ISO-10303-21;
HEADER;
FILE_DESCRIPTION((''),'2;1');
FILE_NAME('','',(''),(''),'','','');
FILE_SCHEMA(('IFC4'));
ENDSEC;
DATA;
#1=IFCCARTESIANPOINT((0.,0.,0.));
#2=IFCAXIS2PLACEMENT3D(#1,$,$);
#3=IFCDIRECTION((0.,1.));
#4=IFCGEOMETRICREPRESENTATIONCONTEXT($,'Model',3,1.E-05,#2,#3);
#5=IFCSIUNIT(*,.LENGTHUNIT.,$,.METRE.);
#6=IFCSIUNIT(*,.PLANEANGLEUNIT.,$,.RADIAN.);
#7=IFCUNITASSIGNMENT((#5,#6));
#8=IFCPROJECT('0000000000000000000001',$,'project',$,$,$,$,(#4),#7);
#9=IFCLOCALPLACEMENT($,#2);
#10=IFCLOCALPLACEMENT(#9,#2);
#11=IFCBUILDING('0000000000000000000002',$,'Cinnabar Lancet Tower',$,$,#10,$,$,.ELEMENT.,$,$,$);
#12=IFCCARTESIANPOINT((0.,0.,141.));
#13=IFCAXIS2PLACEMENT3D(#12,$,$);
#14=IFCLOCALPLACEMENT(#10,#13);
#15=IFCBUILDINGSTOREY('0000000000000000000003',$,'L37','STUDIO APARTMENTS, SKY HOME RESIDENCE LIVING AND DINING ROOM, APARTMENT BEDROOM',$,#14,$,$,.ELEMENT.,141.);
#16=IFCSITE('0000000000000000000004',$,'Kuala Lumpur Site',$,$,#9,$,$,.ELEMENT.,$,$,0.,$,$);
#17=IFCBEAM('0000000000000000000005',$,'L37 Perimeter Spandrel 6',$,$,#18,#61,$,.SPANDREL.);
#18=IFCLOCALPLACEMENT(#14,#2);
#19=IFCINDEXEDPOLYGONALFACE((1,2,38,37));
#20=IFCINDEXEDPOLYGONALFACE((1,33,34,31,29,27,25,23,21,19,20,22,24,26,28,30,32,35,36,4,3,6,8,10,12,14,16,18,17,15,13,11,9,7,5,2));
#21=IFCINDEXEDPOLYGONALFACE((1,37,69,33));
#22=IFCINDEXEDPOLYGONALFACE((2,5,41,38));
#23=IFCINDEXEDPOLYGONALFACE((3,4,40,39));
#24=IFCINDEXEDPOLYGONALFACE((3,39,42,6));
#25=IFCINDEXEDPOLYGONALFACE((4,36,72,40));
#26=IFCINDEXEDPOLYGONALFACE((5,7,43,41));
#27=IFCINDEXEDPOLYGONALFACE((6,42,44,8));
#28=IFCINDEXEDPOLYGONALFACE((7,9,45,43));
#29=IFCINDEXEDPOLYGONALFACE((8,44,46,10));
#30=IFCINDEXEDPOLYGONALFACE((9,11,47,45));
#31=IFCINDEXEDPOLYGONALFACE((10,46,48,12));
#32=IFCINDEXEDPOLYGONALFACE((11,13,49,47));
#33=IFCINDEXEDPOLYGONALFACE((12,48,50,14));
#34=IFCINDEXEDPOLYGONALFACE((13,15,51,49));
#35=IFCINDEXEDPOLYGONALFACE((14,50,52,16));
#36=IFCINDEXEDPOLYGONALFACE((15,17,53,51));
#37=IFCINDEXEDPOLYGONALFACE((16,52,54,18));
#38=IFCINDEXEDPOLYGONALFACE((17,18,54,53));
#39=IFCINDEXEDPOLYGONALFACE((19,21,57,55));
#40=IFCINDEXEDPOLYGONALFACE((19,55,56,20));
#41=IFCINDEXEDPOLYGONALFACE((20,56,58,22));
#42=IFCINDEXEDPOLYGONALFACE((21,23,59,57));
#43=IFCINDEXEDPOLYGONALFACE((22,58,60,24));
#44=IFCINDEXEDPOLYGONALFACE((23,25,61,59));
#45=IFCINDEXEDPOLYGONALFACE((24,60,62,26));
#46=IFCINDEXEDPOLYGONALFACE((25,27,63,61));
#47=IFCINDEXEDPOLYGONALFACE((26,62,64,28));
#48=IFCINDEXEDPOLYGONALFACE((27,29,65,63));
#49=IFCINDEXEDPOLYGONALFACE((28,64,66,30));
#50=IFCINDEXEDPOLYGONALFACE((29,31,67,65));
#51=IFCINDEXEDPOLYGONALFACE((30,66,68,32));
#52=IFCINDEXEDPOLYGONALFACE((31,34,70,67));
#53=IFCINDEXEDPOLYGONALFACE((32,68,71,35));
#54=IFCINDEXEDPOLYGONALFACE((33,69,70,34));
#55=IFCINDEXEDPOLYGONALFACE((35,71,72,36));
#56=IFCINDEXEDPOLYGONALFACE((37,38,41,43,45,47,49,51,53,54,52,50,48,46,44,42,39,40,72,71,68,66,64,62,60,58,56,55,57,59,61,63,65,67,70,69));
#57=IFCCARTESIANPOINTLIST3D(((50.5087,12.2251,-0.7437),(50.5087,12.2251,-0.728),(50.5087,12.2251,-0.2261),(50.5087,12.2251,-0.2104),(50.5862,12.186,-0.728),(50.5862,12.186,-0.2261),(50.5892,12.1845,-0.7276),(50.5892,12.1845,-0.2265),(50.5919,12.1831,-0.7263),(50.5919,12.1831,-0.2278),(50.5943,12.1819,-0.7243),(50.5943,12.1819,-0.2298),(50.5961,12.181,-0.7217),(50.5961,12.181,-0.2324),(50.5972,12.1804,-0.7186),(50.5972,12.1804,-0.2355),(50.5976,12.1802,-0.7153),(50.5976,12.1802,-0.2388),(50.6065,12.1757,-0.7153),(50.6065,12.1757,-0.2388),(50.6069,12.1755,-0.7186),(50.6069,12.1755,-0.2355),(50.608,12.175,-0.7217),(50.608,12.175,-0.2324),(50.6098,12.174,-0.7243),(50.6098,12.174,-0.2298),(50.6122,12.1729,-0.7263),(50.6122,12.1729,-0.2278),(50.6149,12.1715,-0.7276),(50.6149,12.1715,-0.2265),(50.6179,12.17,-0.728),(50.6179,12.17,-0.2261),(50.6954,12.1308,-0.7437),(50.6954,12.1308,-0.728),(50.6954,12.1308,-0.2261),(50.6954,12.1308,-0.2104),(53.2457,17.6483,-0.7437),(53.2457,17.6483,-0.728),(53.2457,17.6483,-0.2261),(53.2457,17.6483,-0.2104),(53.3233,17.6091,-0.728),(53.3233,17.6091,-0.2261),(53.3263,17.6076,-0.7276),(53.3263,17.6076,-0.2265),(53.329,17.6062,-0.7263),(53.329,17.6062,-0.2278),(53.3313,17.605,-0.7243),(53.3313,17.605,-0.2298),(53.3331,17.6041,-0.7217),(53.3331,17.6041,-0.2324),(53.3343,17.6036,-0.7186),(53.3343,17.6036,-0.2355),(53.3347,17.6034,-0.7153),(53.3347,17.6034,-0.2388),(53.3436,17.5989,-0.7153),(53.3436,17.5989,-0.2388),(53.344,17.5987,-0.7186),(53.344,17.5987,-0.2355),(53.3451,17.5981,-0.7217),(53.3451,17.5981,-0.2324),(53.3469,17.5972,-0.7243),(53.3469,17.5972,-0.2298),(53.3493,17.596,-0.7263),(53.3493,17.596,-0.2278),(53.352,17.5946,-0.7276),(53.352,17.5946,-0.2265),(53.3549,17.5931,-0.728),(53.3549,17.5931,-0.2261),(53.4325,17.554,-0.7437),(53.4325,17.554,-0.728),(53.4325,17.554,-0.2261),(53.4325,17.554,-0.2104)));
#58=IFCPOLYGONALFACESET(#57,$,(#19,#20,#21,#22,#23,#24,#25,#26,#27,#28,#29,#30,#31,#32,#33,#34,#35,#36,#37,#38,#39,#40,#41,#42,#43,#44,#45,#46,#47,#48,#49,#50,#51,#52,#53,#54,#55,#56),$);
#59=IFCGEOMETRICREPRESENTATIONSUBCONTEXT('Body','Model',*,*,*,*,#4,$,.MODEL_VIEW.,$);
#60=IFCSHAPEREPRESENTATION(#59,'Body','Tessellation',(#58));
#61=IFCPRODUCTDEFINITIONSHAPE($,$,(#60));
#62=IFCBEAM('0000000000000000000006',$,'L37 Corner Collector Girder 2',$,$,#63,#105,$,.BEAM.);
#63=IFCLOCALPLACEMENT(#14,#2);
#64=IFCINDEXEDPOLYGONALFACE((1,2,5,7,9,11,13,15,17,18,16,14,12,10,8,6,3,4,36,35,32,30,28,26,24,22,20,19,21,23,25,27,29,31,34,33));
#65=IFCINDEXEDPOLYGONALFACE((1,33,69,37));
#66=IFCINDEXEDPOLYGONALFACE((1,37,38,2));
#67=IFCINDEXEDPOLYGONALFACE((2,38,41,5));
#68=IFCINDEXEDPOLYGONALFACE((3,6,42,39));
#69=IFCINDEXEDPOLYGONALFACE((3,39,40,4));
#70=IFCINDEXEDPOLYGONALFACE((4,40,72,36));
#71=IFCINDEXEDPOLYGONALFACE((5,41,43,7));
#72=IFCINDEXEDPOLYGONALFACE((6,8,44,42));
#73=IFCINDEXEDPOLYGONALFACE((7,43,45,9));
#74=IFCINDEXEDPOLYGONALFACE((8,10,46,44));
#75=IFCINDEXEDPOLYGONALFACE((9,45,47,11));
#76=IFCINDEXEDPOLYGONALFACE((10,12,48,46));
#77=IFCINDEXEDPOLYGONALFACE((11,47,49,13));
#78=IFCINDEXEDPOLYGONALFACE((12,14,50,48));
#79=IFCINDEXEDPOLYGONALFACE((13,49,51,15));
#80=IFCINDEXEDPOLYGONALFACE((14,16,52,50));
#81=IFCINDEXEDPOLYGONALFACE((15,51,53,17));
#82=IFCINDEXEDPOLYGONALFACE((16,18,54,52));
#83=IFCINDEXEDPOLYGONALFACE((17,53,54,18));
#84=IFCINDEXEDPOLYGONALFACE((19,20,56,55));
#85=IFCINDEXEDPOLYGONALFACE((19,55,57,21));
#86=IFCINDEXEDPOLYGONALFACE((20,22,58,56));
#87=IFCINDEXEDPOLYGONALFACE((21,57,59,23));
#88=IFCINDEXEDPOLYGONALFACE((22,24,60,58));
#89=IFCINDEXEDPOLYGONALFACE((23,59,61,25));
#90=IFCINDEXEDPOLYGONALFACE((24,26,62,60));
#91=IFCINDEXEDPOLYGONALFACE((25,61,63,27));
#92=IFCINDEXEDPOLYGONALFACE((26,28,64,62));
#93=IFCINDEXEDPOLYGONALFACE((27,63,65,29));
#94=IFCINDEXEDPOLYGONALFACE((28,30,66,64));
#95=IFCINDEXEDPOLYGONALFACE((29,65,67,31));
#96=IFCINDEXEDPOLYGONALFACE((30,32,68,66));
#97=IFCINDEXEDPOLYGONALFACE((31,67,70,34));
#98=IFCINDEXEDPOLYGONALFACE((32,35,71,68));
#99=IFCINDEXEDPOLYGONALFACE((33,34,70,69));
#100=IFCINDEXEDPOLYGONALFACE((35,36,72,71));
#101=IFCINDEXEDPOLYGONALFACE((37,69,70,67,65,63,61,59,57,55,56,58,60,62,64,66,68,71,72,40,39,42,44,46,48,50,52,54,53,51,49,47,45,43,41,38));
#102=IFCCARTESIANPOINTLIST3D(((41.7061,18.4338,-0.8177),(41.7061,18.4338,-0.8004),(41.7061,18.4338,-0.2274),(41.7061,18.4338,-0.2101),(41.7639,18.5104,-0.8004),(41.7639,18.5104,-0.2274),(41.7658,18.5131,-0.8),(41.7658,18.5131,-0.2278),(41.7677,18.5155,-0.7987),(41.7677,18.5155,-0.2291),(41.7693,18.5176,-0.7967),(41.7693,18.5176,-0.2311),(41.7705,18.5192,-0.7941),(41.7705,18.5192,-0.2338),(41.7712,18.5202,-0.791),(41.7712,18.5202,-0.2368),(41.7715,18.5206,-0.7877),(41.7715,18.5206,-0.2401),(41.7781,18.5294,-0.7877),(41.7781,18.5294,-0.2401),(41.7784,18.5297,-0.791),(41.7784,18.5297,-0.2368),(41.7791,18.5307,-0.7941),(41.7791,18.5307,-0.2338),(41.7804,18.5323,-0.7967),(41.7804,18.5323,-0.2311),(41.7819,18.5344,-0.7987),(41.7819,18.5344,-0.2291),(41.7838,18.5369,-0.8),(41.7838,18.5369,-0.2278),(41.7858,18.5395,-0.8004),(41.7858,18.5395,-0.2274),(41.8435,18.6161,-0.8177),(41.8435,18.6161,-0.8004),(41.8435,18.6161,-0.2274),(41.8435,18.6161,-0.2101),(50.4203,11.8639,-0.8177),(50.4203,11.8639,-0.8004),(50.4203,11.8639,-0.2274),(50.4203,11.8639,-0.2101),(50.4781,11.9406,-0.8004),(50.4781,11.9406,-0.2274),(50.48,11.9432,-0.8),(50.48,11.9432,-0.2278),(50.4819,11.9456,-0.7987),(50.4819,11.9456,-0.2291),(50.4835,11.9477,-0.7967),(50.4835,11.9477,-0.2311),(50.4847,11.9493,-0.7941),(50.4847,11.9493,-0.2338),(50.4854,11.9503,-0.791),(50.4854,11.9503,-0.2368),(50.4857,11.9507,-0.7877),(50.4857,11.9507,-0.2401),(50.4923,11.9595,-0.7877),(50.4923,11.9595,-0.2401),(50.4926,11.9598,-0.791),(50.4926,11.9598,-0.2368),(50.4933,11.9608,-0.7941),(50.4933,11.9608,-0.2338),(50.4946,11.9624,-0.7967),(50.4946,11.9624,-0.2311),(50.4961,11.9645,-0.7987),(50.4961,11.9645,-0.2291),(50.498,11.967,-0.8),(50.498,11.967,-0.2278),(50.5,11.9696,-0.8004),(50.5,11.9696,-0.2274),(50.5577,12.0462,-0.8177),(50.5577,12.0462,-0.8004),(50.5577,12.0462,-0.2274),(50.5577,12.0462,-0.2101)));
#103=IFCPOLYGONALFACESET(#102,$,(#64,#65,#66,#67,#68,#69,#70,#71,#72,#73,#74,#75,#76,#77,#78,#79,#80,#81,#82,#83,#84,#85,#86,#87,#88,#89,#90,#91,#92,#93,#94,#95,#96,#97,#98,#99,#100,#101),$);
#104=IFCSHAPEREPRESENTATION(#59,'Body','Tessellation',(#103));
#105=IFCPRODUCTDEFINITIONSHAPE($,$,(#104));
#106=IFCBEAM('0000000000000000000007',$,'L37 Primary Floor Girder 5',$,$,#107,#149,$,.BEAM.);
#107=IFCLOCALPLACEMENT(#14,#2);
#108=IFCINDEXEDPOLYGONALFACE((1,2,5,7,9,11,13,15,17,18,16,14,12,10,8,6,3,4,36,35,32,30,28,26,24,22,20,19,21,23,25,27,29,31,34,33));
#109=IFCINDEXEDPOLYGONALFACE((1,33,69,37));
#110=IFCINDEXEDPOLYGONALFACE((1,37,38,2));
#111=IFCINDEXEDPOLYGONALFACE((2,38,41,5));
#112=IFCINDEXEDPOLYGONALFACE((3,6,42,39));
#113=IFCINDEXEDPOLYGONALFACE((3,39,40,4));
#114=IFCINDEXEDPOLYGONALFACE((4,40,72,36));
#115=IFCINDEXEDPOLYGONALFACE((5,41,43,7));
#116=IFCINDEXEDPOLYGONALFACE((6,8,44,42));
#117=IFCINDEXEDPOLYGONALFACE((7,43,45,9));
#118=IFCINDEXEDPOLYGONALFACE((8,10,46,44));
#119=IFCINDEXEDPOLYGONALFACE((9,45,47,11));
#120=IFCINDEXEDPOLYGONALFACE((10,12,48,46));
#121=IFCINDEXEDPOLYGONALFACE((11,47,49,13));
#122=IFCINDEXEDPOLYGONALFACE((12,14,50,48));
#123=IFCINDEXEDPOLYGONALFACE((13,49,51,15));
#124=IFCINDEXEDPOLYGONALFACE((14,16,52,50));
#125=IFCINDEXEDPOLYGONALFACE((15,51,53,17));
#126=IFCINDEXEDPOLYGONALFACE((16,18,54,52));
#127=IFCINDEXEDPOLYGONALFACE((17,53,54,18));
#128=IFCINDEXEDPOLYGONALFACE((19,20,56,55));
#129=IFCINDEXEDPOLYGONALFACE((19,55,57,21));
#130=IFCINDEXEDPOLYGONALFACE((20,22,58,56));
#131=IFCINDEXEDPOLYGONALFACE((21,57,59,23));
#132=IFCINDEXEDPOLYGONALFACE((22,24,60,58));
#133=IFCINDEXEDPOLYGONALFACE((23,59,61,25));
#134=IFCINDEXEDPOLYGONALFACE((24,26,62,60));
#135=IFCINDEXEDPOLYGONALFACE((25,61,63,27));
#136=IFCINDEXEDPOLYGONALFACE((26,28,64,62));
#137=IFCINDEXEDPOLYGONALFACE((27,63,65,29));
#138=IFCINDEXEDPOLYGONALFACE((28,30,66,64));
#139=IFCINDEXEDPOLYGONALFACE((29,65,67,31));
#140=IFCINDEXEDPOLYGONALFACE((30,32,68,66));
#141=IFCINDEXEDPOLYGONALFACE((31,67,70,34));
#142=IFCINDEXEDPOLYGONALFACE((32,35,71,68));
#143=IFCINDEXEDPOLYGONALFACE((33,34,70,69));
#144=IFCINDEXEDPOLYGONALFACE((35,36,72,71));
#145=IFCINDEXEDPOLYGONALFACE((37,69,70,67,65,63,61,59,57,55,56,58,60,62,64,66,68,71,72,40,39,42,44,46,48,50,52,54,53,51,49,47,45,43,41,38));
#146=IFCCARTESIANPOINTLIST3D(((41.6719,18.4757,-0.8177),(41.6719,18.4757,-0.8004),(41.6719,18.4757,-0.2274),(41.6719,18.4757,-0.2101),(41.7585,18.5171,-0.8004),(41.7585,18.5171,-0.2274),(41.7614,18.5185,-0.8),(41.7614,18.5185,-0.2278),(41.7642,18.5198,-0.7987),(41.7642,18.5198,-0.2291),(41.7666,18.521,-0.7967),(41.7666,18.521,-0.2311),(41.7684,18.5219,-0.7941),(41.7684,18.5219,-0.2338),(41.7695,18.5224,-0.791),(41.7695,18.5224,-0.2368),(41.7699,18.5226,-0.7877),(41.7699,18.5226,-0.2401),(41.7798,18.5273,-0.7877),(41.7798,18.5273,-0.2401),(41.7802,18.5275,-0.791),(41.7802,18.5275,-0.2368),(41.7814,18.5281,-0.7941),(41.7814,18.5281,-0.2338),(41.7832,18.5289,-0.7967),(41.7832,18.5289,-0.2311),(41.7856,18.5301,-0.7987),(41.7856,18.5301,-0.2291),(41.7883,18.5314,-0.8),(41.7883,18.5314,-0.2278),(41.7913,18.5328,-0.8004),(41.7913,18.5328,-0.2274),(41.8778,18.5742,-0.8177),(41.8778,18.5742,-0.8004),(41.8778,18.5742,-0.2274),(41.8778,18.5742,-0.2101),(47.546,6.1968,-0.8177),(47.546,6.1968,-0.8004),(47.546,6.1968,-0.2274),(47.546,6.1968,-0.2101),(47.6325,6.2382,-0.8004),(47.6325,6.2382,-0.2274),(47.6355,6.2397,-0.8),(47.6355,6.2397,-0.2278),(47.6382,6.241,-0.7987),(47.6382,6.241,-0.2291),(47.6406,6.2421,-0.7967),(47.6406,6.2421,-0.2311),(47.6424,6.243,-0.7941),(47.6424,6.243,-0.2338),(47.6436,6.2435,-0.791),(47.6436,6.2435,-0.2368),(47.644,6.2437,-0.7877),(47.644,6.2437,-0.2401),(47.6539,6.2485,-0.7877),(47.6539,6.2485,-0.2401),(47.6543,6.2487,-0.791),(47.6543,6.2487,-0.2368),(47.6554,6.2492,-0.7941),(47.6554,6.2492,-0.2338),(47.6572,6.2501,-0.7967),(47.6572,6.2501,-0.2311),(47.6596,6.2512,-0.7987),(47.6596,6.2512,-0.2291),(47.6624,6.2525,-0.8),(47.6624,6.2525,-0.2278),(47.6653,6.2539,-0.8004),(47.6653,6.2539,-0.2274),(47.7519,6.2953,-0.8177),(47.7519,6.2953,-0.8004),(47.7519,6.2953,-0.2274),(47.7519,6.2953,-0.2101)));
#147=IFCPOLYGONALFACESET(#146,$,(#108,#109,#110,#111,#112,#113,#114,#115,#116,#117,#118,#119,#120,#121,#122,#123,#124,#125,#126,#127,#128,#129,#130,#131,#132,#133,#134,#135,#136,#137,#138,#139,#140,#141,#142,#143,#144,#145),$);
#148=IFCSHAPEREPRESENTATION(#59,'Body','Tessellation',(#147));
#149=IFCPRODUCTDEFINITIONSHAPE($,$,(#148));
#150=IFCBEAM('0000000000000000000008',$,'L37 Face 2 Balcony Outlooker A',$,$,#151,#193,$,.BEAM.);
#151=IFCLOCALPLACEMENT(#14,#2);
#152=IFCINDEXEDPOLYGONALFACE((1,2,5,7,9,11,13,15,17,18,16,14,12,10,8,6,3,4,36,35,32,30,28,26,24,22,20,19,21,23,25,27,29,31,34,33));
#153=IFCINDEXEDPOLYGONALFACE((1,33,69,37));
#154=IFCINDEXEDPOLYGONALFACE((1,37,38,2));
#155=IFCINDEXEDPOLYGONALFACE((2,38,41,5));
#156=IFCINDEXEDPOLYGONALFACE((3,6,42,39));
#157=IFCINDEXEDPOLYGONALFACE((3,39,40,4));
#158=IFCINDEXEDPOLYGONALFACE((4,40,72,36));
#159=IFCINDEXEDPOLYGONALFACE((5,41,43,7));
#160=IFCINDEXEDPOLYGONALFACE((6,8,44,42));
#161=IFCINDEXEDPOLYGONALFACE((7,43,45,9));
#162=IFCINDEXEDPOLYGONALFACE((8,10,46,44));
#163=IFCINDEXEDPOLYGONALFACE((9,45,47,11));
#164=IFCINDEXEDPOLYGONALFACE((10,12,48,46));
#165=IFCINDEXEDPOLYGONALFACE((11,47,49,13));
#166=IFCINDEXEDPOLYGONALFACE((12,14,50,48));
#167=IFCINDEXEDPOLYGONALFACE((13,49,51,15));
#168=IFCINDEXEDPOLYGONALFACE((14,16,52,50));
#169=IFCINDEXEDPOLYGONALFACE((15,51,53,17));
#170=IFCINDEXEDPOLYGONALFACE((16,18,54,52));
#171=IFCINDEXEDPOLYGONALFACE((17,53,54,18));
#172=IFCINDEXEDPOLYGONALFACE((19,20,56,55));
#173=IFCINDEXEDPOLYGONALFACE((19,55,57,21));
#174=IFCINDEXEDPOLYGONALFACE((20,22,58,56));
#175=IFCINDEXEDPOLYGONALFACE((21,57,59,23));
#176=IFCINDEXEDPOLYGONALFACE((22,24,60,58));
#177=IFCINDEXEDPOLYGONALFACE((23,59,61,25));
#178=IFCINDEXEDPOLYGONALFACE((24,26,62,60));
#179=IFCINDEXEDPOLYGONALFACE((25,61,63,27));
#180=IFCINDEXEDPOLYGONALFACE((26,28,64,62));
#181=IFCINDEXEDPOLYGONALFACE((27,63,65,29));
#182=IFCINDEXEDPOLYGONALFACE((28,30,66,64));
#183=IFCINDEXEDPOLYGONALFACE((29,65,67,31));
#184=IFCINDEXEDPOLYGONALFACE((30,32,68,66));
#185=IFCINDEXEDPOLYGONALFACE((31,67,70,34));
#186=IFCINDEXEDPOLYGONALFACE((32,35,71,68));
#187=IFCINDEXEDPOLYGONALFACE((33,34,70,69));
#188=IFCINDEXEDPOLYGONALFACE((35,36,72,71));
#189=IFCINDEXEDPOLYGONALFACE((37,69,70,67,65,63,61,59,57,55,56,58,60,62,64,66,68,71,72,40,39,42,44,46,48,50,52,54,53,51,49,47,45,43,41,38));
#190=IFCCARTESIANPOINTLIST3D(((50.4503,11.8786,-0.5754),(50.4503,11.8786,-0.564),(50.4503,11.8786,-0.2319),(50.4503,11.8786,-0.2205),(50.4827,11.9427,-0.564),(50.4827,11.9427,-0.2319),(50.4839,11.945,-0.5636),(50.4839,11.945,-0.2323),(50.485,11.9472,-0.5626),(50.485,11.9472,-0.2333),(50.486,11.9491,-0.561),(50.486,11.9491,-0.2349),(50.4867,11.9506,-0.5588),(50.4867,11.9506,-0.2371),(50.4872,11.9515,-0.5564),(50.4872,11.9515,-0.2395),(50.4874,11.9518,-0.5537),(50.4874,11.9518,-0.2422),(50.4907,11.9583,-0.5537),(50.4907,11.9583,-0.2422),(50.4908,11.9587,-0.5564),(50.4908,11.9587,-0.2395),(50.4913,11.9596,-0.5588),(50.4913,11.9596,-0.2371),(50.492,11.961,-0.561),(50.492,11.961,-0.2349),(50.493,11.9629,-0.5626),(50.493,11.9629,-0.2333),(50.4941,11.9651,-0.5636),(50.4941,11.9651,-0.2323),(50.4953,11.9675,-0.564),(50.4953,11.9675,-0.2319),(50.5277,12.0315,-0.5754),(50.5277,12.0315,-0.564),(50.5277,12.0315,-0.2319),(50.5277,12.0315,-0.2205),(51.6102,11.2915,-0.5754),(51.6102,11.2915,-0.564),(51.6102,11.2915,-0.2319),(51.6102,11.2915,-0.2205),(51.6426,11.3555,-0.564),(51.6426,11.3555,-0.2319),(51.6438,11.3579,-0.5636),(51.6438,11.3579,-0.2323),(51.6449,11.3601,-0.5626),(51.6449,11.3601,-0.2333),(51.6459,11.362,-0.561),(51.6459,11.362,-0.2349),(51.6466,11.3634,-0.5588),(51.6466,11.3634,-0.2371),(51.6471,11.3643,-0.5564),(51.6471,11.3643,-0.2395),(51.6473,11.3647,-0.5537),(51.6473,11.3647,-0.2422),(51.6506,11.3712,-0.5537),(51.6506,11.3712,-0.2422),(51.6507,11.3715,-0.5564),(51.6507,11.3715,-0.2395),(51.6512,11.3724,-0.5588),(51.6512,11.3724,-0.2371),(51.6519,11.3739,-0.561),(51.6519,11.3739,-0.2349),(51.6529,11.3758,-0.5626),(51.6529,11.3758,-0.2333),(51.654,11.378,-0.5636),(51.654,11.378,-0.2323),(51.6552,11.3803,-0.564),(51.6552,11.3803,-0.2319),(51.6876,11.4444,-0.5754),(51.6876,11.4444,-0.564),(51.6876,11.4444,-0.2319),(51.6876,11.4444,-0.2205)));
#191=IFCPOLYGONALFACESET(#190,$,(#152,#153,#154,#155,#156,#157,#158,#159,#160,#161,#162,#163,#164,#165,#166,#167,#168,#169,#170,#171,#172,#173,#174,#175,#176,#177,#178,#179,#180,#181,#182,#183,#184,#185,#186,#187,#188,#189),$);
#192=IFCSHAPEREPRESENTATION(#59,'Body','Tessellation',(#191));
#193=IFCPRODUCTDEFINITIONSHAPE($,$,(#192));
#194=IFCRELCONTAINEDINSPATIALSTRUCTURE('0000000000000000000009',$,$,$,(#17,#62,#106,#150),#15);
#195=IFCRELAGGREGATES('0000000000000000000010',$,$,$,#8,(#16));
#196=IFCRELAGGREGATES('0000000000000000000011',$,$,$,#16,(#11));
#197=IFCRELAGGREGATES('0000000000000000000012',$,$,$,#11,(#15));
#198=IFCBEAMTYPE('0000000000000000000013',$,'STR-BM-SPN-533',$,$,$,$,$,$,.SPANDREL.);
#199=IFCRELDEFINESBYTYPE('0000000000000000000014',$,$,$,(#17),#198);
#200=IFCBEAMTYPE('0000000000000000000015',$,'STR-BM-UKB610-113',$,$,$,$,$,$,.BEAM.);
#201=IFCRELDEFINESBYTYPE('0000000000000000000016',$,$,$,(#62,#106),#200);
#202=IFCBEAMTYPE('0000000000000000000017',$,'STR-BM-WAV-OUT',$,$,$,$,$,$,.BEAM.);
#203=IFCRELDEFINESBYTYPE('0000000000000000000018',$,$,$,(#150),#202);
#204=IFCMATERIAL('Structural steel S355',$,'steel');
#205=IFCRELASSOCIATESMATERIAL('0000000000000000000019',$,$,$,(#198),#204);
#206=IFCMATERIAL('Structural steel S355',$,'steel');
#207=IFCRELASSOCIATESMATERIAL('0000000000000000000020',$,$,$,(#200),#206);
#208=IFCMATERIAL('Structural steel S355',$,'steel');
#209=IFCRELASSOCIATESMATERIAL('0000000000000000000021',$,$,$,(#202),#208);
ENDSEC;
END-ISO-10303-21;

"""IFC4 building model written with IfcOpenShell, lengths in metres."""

from ifc_helpers import new_model, si_unit, direction, frame, origin, origin_2d, place, context, subcontext, project, spatial, i_section, extrude, material, material_profile, profile_set, type_object, element, save


model = new_model("IFC4")

# Units and contexts
model_context = context("Model", 3, precision=1e-05, world=origin(), true_north=direction((0.0, 1.0)))
body_context = subcontext(model_context, "Body", "Model", "MODEL_VIEW")
ifc_project = project(units=[si_unit("LENGTHUNIT", "METRE"), si_unit("PLANEANGLEUNIT", "RADIAN")], contexts=[model_context])

# Site, building, storey
site_placement = place(None, origin())
site = spatial("IfcSite", under=ifc_project, at=site_placement, Name="Kuala Lumpur Site", CompositionType="ELEMENT", RefElevation=0.0)
building_placement = place(site_placement, origin())
building = spatial("IfcBuilding", under=site, at=building_placement, Name="Cinnabar Lancet Tower", CompositionType="ELEMENT")
storey_placement = place(building_placement, frame((0.0, 0.0, 141.0)))
storey = spatial("IfcBuildingStorey", under=building, at=storey_placement, Name="L37", Description="STUDIO APARTMENTS, SKY HOME RESIDENCE LIVING AND DINING ROOM, APARTMENT BEDROOM", CompositionType="ELEMENT", Elevation=141.0)

# Beams
ifc_material_1 = material(Name="Structural steel S355", Category="steel")
ifc_material_profile_1 = material_profile(ifc_material_1, i_section(OverallWidth=0.2092, OverallDepth=0.5332, WebThickness=0.01, FlangeThickness=0.0156, FilletRadius=0.0127, at=origin_2d()), Name="UKB 533x210x92")
ifc_profile_set_1 = profile_set([ifc_material_profile_1], Name="Structural steel S355")
beam_type_1 = type_object("IfcBeamType", Name="STR-BM-SPN-533", PredefinedType="SPANDREL", material=ifc_profile_set_1)
beam_1_placement = place(storey_placement, frame((50.6021, 12.178, -0.4771), z_axis=(0.45057, 0.892741, 0.0), x_axis=(-0.892741, 0.45057, 0.0)))
element("IfcBeam", 1, at=beam_1_placement, inside=storey, type_object=beam_type_1, Name="L37 Perimeter Spandrel 6", PredefinedType="SPANDREL", context=body_context, shape_type="SweptSolid", body=[
    extrude(i_section(OverallWidth=0.2092, OverallDepth=0.5332, WebThickness=0.01, FlangeThickness=0.0156, FilletRadius=0.0127, at=origin_2d()), origin(), (0.0, 0.0, 1.0), 6.0747),
])
ifc_material_2 = material(Name="Structural steel S355", Category="steel")
ifc_material_profile_2 = material_profile(ifc_material_2, i_section(OverallWidth=0.2283, OverallDepth=0.6077, WebThickness=0.011, FlangeThickness=0.0173, FilletRadius=0.0127, at=origin_2d()), Name="UKB 610x229x113")
ifc_profile_set_2 = profile_set([ifc_material_profile_2], Name="Structural steel S355")
beam_type_2 = type_object("IfcBeamType", Name="STR-BM-UKB610-113", PredefinedType="BEAM", material=ifc_profile_set_2)
beam_2_placement = place(storey_placement, frame((50.489, 11.9551, -0.5139), z_axis=(-0.798491, 0.602006, 0.0), x_axis=(-0.602006, -0.798491, 0.0)))
element("IfcBeam", 2, at=beam_2_placement, inside=storey, type_object=beam_type_2, Name="L37 Corner Collector Girder 2", PredefinedType="BEAM", context=body_context, shape_type="SweptSolid", body=[
    extrude(i_section(OverallWidth=0.2283, OverallDepth=0.6077, WebThickness=0.011, FlangeThickness=0.0173, FilletRadius=0.0127, at=origin_2d()), origin(), (0.0, 0.0, 1.0), 10.9133),
])
beam_3_placement = place(storey_placement, frame((47.6489, 6.2461, -0.5139), z_axis=(-0.431548, 0.90209, 0.0), x_axis=(-0.90209, -0.431548, 0.0)))
element("IfcBeam", 3, at=beam_3_placement, inside=storey, type_object=beam_type_2, Name="L37 Primary Floor Girder 5", PredefinedType="BEAM", context=body_context, shape_type="SweptSolid", body=[
    extrude(i_section(OverallWidth=0.2283, OverallDepth=0.6077, WebThickness=0.011, FlangeThickness=0.0173, FilletRadius=0.0127, at=origin_2d()), origin(), (0.0, 0.0, 1.0), 13.6116),
])
ifc_material_3 = material(Name="Structural steel S355", Category="steel")
ifc_material_profile_3 = material_profile(ifc_material_3, i_section(OverallWidth=0.1714, OverallDepth=0.355, WebThickness=0.0073, FlangeThickness=0.0115, FilletRadius=0.0103, at=origin_2d()), Name="UKB 356x171x51")
ifc_profile_set_3 = profile_set([ifc_material_profile_3], Name="Structural steel S355")
beam_type_3 = type_object("IfcBeamType", Name="STR-BM-WAV-OUT", PredefinedType="BEAM", material=ifc_profile_set_3)
beam_4_placement = place(storey_placement, frame((50.489, 11.9551, -0.3979), z_axis=(0.8922, -0.45164, 0.0), x_axis=(0.45164, 0.8922, 0.0)))
element("IfcBeam", 4, at=beam_4_placement, inside=storey, type_object=beam_type_3, Name="L37 Face 2 Balcony Outlooker A", PredefinedType="BEAM", context=body_context, shape_type="SweptSolid", body=[
    extrude(i_section(OverallWidth=0.1714, OverallDepth=0.355, WebThickness=0.0073, FlangeThickness=0.0115, FilletRadius=0.0103, at=origin_2d()), origin(), (0.0, 0.0, 1.0), 1.3),
])

save(model, "model.ifc")
